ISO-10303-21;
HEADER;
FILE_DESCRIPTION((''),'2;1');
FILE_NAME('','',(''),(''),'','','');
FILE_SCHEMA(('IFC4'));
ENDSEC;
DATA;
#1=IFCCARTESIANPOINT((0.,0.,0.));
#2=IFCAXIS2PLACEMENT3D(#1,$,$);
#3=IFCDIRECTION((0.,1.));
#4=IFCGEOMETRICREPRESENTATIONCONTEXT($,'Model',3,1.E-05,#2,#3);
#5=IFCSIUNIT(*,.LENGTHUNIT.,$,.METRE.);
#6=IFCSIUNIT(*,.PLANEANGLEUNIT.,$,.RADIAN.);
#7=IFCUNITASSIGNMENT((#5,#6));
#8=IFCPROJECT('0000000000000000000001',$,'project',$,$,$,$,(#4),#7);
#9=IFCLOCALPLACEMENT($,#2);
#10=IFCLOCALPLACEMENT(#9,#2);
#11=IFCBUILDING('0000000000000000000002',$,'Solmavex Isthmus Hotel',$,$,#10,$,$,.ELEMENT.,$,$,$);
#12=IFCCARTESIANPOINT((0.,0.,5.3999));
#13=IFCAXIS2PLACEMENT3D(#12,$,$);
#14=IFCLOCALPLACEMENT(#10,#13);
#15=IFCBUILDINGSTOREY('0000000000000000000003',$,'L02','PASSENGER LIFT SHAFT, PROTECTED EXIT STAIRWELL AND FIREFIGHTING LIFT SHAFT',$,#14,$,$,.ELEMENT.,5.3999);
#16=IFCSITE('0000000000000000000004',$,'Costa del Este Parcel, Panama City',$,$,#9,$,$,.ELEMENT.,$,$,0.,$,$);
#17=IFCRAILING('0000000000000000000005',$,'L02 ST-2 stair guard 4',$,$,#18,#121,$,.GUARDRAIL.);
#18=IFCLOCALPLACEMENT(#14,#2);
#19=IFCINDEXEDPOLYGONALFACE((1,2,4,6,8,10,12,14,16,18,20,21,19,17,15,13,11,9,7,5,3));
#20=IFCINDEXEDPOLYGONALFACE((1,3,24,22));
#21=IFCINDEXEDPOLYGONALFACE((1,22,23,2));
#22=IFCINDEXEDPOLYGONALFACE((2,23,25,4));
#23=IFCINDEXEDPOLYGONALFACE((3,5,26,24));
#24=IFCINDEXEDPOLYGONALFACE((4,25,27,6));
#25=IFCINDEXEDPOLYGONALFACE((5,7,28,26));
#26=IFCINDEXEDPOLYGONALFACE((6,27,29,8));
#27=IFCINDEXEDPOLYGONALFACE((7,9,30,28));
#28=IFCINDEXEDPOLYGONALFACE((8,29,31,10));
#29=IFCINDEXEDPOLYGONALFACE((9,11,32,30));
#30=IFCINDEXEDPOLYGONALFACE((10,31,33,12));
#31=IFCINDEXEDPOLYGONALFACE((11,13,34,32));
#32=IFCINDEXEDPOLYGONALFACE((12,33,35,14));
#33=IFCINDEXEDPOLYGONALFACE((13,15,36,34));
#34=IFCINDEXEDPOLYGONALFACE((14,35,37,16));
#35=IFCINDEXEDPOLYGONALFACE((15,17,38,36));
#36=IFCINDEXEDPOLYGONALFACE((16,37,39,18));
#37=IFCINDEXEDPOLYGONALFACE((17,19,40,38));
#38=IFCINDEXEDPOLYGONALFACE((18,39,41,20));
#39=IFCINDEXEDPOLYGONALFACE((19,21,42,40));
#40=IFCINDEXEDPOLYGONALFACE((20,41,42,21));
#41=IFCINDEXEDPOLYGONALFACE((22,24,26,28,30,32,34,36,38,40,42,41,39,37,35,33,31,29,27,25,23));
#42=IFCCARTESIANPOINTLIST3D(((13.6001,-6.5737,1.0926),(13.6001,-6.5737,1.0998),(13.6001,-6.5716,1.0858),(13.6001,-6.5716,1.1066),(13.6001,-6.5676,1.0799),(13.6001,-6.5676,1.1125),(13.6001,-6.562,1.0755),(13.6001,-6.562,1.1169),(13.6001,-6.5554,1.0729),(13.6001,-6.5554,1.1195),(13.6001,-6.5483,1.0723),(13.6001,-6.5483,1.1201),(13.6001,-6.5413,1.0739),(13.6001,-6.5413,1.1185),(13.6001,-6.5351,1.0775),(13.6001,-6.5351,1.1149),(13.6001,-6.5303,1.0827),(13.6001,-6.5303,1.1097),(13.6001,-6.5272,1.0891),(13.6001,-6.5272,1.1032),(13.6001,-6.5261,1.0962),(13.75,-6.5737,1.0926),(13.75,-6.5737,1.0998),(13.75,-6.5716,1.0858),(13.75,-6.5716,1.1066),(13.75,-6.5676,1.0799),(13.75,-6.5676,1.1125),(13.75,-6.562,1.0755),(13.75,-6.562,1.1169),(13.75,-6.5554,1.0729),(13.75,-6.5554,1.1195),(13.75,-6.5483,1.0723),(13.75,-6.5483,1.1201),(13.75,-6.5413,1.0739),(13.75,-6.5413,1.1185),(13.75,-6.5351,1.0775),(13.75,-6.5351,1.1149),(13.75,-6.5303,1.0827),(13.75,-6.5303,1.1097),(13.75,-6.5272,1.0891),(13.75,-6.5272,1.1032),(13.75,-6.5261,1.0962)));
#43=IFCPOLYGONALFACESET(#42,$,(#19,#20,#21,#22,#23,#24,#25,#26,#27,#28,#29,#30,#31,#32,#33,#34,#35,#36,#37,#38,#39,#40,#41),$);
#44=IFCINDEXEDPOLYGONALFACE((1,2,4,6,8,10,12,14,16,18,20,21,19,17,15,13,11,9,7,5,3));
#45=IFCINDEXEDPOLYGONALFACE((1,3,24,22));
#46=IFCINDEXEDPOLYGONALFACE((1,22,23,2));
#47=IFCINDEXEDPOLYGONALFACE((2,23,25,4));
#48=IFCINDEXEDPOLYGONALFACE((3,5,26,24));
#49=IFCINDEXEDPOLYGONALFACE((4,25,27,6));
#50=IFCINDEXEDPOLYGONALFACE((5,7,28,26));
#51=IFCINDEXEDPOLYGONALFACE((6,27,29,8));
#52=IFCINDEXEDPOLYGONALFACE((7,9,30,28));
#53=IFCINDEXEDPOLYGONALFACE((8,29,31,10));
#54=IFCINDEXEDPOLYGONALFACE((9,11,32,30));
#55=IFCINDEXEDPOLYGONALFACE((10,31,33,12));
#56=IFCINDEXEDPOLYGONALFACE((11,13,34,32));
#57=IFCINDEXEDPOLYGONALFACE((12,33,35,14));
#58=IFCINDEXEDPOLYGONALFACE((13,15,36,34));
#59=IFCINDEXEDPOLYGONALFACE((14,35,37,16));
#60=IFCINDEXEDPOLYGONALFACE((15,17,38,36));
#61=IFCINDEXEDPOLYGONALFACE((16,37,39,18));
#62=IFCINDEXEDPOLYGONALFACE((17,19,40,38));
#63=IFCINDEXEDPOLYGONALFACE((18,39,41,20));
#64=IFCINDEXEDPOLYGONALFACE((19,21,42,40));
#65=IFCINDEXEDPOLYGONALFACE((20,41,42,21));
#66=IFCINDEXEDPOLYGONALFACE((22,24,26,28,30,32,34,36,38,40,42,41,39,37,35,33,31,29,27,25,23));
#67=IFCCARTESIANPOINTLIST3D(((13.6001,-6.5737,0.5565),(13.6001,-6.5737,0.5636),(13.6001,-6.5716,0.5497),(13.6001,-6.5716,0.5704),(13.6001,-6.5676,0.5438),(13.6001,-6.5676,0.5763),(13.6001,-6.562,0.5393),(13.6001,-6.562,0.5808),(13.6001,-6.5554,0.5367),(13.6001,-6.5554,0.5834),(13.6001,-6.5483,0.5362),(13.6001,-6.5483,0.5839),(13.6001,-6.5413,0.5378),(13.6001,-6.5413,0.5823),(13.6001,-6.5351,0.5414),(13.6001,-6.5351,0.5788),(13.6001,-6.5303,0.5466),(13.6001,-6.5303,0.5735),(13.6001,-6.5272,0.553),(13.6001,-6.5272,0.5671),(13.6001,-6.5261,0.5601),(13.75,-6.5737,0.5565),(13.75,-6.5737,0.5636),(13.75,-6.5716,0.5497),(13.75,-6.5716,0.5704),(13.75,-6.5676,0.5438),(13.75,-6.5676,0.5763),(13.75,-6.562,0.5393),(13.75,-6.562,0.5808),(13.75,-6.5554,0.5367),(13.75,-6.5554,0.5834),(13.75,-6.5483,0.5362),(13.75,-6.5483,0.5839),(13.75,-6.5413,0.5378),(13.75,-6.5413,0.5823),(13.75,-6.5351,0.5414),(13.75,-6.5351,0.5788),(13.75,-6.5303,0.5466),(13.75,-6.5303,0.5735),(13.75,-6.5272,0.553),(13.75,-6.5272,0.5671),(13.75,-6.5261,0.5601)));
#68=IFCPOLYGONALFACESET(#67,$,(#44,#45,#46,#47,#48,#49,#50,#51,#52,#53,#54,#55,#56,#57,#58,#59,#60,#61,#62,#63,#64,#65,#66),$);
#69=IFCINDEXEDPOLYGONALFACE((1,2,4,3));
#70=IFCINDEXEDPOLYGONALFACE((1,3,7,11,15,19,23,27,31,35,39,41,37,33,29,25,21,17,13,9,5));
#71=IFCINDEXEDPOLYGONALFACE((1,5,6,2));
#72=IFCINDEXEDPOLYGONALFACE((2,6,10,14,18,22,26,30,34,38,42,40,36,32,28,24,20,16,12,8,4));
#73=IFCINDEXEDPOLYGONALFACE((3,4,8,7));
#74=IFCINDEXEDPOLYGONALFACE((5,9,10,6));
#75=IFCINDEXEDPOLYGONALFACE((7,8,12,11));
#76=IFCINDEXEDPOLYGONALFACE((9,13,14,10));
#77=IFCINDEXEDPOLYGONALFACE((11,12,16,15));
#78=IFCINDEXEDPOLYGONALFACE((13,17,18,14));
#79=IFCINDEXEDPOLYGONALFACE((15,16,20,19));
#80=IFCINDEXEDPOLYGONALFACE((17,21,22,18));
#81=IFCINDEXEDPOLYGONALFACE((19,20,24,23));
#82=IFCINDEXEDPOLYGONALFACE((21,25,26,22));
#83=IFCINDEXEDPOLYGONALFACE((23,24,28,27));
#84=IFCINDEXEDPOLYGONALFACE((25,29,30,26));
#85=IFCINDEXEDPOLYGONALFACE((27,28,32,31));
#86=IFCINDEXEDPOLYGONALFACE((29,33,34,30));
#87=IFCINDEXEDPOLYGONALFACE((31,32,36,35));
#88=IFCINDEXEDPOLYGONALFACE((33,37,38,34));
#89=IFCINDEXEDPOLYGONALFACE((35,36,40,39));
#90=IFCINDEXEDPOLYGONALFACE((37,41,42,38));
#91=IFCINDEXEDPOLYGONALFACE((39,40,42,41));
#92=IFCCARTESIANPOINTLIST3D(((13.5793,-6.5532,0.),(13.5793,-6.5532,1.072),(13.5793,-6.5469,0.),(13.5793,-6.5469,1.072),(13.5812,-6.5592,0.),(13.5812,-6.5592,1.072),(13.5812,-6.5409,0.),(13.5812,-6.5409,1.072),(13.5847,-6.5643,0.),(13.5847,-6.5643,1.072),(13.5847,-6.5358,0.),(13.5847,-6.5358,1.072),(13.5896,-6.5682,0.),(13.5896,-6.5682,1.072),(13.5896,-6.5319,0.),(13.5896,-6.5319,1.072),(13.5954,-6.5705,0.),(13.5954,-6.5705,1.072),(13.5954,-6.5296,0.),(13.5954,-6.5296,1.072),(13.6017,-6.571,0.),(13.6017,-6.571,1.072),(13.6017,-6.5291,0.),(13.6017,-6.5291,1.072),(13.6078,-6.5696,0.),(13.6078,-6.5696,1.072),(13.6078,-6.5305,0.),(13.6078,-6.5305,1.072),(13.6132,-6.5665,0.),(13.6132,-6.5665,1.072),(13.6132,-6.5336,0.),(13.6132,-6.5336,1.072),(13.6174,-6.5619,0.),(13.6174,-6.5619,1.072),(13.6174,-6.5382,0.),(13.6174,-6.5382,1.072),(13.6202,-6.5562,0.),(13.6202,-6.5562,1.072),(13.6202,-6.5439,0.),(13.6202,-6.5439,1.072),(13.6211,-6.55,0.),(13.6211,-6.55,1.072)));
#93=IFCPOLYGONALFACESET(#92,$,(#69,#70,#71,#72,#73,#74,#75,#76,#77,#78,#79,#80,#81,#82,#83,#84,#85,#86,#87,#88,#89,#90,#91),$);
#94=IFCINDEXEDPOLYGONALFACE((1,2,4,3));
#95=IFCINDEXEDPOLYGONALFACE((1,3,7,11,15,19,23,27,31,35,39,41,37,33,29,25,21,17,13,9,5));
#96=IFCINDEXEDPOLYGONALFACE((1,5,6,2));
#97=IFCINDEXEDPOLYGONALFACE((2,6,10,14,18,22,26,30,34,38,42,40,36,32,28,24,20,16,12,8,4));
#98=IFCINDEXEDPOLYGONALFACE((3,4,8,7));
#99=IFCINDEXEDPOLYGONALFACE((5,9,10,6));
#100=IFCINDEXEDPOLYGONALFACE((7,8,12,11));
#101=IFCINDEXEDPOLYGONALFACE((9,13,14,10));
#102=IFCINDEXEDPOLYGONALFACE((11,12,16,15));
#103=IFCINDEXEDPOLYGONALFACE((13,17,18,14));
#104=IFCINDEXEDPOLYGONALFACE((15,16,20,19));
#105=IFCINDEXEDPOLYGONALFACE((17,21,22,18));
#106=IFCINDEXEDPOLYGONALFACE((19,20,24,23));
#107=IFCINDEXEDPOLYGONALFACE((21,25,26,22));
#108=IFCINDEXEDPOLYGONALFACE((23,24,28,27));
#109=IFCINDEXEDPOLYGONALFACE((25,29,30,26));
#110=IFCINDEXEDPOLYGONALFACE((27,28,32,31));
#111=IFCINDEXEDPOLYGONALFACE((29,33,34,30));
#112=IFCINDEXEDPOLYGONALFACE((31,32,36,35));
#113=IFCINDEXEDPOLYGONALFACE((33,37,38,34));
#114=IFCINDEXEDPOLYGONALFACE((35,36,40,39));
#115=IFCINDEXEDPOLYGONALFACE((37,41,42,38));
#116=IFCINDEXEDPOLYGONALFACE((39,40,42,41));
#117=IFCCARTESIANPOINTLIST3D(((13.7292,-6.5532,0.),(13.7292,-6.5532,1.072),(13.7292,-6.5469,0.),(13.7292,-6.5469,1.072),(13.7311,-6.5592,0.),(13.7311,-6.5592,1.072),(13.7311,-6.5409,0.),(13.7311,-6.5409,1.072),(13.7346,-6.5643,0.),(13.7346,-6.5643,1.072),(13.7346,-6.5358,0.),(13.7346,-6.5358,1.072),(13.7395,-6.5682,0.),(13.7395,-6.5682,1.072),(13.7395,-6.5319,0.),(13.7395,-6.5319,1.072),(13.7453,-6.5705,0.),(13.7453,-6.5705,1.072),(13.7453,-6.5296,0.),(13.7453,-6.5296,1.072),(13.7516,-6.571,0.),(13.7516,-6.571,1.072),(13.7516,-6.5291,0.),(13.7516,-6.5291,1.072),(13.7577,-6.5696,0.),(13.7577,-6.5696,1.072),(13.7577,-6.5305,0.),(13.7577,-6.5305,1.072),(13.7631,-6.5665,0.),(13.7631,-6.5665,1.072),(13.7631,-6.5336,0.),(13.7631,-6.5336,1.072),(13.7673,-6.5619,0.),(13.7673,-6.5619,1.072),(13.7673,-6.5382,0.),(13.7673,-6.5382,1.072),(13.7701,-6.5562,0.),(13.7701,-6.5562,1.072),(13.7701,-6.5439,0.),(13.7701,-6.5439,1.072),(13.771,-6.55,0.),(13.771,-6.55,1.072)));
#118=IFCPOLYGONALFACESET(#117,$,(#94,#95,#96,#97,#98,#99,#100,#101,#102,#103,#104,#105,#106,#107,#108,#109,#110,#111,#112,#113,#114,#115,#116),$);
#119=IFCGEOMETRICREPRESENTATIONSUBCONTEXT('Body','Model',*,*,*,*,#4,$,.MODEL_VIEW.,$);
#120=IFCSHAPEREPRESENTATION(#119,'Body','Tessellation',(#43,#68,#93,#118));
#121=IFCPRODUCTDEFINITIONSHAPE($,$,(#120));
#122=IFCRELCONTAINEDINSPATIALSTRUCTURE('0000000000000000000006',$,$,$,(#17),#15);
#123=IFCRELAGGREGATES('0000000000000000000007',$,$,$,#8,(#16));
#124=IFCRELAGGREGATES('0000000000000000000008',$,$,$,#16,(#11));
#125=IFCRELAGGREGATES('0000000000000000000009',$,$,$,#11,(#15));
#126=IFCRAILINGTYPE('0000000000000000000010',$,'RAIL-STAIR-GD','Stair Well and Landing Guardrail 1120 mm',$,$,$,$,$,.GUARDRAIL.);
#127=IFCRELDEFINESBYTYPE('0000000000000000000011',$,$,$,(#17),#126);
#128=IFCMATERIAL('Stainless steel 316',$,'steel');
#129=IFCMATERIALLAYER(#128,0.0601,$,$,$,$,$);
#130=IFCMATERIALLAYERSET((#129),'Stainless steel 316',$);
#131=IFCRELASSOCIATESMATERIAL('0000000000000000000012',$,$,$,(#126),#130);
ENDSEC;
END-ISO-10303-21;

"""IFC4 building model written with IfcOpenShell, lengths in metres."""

from ifc_helpers import new_model, si_unit, direction, frame, origin, origin_2d, place, context, subcontext, project, spatial, circle, extrude, material, layer, layer_set, type_object, element, save


model = new_model("IFC4")

# Units and contexts
model_context = context("Model", 3, precision=1e-05, world=origin(), true_north=direction((0.0, 1.0)))
body_context = subcontext(model_context, "Body", "Model", "MODEL_VIEW")
ifc_project = project(units=[si_unit("LENGTHUNIT", "METRE"), si_unit("PLANEANGLEUNIT", "RADIAN")], contexts=[model_context])

# Site, building, storey
site_placement = place(None, origin())
site = spatial("IfcSite", under=ifc_project, at=site_placement, Name="Costa del Este Parcel, Panama City", CompositionType="ELEMENT", RefElevation=0.0)
building_placement = place(site_placement, origin())
building = spatial("IfcBuilding", under=site, at=building_placement, Name="Solmavex Isthmus Hotel", CompositionType="ELEMENT")
storey_placement = place(building_placement, frame((0.0, 0.0, 5.3999)))
storey = spatial("IfcBuildingStorey", under=building, at=storey_placement, Name="L02", Description="PASSENGER LIFT SHAFT, PROTECTED EXIT STAIRWELL AND FIREFIGHTING LIFT SHAFT", CompositionType="ELEMENT", Elevation=5.3999)

# Railing
ifc_material_1 = material(Name="Stainless steel 316", Category="steel")
ifc_layer_1 = layer(ifc_material_1, 0.0601)
ifc_layer_set_1 = layer_set([ifc_layer_1], Name="Stainless steel 316")
railing_type_1 = type_object("IfcRailingType", Name="RAIL-STAIR-GD", Description="Stair Well and Landing Guardrail 1120 mm", PredefinedType="GUARDRAIL", material=ifc_layer_set_1)
railing_1_placement = place(storey_placement, frame((13.6001, -6.55, 0.0)))
element("IfcRailing", 1, at=railing_1_placement, inside=storey, type_object=railing_type_1, Name="L02 ST-2 stair guard 4", PredefinedType="GUARDRAIL", context=body_context, shape_type="SweptSolid", body=[
    extrude(circle(Radius=0.0239, at=origin_2d()), frame((0.0, 0.0, 1.0962), z_axis=(1.0, 0.0, 0.0), x_axis=(0.0, 1.0, 0.0)), (0.0, 0.0, 1.0), 0.1499),
    extrude(circle(Radius=0.0239, at=origin_2d()), frame((0.0, 0.0, 0.5601), z_axis=(1.0, 0.0, 0.0), x_axis=(0.0, 1.0, 0.0)), (0.0, 0.0, 1.0), 0.1499),
    extrude(circle(Radius=0.021, at=origin_2d()), origin(), (0.0, 0.0, 1.0), 1.072),
    extrude(circle(Radius=0.021, at=origin_2d()), frame((0.1499, 0.0, 0.0)), (0.0, 0.0, 1.0), 1.072),
])

save(model, "model.ifc")
